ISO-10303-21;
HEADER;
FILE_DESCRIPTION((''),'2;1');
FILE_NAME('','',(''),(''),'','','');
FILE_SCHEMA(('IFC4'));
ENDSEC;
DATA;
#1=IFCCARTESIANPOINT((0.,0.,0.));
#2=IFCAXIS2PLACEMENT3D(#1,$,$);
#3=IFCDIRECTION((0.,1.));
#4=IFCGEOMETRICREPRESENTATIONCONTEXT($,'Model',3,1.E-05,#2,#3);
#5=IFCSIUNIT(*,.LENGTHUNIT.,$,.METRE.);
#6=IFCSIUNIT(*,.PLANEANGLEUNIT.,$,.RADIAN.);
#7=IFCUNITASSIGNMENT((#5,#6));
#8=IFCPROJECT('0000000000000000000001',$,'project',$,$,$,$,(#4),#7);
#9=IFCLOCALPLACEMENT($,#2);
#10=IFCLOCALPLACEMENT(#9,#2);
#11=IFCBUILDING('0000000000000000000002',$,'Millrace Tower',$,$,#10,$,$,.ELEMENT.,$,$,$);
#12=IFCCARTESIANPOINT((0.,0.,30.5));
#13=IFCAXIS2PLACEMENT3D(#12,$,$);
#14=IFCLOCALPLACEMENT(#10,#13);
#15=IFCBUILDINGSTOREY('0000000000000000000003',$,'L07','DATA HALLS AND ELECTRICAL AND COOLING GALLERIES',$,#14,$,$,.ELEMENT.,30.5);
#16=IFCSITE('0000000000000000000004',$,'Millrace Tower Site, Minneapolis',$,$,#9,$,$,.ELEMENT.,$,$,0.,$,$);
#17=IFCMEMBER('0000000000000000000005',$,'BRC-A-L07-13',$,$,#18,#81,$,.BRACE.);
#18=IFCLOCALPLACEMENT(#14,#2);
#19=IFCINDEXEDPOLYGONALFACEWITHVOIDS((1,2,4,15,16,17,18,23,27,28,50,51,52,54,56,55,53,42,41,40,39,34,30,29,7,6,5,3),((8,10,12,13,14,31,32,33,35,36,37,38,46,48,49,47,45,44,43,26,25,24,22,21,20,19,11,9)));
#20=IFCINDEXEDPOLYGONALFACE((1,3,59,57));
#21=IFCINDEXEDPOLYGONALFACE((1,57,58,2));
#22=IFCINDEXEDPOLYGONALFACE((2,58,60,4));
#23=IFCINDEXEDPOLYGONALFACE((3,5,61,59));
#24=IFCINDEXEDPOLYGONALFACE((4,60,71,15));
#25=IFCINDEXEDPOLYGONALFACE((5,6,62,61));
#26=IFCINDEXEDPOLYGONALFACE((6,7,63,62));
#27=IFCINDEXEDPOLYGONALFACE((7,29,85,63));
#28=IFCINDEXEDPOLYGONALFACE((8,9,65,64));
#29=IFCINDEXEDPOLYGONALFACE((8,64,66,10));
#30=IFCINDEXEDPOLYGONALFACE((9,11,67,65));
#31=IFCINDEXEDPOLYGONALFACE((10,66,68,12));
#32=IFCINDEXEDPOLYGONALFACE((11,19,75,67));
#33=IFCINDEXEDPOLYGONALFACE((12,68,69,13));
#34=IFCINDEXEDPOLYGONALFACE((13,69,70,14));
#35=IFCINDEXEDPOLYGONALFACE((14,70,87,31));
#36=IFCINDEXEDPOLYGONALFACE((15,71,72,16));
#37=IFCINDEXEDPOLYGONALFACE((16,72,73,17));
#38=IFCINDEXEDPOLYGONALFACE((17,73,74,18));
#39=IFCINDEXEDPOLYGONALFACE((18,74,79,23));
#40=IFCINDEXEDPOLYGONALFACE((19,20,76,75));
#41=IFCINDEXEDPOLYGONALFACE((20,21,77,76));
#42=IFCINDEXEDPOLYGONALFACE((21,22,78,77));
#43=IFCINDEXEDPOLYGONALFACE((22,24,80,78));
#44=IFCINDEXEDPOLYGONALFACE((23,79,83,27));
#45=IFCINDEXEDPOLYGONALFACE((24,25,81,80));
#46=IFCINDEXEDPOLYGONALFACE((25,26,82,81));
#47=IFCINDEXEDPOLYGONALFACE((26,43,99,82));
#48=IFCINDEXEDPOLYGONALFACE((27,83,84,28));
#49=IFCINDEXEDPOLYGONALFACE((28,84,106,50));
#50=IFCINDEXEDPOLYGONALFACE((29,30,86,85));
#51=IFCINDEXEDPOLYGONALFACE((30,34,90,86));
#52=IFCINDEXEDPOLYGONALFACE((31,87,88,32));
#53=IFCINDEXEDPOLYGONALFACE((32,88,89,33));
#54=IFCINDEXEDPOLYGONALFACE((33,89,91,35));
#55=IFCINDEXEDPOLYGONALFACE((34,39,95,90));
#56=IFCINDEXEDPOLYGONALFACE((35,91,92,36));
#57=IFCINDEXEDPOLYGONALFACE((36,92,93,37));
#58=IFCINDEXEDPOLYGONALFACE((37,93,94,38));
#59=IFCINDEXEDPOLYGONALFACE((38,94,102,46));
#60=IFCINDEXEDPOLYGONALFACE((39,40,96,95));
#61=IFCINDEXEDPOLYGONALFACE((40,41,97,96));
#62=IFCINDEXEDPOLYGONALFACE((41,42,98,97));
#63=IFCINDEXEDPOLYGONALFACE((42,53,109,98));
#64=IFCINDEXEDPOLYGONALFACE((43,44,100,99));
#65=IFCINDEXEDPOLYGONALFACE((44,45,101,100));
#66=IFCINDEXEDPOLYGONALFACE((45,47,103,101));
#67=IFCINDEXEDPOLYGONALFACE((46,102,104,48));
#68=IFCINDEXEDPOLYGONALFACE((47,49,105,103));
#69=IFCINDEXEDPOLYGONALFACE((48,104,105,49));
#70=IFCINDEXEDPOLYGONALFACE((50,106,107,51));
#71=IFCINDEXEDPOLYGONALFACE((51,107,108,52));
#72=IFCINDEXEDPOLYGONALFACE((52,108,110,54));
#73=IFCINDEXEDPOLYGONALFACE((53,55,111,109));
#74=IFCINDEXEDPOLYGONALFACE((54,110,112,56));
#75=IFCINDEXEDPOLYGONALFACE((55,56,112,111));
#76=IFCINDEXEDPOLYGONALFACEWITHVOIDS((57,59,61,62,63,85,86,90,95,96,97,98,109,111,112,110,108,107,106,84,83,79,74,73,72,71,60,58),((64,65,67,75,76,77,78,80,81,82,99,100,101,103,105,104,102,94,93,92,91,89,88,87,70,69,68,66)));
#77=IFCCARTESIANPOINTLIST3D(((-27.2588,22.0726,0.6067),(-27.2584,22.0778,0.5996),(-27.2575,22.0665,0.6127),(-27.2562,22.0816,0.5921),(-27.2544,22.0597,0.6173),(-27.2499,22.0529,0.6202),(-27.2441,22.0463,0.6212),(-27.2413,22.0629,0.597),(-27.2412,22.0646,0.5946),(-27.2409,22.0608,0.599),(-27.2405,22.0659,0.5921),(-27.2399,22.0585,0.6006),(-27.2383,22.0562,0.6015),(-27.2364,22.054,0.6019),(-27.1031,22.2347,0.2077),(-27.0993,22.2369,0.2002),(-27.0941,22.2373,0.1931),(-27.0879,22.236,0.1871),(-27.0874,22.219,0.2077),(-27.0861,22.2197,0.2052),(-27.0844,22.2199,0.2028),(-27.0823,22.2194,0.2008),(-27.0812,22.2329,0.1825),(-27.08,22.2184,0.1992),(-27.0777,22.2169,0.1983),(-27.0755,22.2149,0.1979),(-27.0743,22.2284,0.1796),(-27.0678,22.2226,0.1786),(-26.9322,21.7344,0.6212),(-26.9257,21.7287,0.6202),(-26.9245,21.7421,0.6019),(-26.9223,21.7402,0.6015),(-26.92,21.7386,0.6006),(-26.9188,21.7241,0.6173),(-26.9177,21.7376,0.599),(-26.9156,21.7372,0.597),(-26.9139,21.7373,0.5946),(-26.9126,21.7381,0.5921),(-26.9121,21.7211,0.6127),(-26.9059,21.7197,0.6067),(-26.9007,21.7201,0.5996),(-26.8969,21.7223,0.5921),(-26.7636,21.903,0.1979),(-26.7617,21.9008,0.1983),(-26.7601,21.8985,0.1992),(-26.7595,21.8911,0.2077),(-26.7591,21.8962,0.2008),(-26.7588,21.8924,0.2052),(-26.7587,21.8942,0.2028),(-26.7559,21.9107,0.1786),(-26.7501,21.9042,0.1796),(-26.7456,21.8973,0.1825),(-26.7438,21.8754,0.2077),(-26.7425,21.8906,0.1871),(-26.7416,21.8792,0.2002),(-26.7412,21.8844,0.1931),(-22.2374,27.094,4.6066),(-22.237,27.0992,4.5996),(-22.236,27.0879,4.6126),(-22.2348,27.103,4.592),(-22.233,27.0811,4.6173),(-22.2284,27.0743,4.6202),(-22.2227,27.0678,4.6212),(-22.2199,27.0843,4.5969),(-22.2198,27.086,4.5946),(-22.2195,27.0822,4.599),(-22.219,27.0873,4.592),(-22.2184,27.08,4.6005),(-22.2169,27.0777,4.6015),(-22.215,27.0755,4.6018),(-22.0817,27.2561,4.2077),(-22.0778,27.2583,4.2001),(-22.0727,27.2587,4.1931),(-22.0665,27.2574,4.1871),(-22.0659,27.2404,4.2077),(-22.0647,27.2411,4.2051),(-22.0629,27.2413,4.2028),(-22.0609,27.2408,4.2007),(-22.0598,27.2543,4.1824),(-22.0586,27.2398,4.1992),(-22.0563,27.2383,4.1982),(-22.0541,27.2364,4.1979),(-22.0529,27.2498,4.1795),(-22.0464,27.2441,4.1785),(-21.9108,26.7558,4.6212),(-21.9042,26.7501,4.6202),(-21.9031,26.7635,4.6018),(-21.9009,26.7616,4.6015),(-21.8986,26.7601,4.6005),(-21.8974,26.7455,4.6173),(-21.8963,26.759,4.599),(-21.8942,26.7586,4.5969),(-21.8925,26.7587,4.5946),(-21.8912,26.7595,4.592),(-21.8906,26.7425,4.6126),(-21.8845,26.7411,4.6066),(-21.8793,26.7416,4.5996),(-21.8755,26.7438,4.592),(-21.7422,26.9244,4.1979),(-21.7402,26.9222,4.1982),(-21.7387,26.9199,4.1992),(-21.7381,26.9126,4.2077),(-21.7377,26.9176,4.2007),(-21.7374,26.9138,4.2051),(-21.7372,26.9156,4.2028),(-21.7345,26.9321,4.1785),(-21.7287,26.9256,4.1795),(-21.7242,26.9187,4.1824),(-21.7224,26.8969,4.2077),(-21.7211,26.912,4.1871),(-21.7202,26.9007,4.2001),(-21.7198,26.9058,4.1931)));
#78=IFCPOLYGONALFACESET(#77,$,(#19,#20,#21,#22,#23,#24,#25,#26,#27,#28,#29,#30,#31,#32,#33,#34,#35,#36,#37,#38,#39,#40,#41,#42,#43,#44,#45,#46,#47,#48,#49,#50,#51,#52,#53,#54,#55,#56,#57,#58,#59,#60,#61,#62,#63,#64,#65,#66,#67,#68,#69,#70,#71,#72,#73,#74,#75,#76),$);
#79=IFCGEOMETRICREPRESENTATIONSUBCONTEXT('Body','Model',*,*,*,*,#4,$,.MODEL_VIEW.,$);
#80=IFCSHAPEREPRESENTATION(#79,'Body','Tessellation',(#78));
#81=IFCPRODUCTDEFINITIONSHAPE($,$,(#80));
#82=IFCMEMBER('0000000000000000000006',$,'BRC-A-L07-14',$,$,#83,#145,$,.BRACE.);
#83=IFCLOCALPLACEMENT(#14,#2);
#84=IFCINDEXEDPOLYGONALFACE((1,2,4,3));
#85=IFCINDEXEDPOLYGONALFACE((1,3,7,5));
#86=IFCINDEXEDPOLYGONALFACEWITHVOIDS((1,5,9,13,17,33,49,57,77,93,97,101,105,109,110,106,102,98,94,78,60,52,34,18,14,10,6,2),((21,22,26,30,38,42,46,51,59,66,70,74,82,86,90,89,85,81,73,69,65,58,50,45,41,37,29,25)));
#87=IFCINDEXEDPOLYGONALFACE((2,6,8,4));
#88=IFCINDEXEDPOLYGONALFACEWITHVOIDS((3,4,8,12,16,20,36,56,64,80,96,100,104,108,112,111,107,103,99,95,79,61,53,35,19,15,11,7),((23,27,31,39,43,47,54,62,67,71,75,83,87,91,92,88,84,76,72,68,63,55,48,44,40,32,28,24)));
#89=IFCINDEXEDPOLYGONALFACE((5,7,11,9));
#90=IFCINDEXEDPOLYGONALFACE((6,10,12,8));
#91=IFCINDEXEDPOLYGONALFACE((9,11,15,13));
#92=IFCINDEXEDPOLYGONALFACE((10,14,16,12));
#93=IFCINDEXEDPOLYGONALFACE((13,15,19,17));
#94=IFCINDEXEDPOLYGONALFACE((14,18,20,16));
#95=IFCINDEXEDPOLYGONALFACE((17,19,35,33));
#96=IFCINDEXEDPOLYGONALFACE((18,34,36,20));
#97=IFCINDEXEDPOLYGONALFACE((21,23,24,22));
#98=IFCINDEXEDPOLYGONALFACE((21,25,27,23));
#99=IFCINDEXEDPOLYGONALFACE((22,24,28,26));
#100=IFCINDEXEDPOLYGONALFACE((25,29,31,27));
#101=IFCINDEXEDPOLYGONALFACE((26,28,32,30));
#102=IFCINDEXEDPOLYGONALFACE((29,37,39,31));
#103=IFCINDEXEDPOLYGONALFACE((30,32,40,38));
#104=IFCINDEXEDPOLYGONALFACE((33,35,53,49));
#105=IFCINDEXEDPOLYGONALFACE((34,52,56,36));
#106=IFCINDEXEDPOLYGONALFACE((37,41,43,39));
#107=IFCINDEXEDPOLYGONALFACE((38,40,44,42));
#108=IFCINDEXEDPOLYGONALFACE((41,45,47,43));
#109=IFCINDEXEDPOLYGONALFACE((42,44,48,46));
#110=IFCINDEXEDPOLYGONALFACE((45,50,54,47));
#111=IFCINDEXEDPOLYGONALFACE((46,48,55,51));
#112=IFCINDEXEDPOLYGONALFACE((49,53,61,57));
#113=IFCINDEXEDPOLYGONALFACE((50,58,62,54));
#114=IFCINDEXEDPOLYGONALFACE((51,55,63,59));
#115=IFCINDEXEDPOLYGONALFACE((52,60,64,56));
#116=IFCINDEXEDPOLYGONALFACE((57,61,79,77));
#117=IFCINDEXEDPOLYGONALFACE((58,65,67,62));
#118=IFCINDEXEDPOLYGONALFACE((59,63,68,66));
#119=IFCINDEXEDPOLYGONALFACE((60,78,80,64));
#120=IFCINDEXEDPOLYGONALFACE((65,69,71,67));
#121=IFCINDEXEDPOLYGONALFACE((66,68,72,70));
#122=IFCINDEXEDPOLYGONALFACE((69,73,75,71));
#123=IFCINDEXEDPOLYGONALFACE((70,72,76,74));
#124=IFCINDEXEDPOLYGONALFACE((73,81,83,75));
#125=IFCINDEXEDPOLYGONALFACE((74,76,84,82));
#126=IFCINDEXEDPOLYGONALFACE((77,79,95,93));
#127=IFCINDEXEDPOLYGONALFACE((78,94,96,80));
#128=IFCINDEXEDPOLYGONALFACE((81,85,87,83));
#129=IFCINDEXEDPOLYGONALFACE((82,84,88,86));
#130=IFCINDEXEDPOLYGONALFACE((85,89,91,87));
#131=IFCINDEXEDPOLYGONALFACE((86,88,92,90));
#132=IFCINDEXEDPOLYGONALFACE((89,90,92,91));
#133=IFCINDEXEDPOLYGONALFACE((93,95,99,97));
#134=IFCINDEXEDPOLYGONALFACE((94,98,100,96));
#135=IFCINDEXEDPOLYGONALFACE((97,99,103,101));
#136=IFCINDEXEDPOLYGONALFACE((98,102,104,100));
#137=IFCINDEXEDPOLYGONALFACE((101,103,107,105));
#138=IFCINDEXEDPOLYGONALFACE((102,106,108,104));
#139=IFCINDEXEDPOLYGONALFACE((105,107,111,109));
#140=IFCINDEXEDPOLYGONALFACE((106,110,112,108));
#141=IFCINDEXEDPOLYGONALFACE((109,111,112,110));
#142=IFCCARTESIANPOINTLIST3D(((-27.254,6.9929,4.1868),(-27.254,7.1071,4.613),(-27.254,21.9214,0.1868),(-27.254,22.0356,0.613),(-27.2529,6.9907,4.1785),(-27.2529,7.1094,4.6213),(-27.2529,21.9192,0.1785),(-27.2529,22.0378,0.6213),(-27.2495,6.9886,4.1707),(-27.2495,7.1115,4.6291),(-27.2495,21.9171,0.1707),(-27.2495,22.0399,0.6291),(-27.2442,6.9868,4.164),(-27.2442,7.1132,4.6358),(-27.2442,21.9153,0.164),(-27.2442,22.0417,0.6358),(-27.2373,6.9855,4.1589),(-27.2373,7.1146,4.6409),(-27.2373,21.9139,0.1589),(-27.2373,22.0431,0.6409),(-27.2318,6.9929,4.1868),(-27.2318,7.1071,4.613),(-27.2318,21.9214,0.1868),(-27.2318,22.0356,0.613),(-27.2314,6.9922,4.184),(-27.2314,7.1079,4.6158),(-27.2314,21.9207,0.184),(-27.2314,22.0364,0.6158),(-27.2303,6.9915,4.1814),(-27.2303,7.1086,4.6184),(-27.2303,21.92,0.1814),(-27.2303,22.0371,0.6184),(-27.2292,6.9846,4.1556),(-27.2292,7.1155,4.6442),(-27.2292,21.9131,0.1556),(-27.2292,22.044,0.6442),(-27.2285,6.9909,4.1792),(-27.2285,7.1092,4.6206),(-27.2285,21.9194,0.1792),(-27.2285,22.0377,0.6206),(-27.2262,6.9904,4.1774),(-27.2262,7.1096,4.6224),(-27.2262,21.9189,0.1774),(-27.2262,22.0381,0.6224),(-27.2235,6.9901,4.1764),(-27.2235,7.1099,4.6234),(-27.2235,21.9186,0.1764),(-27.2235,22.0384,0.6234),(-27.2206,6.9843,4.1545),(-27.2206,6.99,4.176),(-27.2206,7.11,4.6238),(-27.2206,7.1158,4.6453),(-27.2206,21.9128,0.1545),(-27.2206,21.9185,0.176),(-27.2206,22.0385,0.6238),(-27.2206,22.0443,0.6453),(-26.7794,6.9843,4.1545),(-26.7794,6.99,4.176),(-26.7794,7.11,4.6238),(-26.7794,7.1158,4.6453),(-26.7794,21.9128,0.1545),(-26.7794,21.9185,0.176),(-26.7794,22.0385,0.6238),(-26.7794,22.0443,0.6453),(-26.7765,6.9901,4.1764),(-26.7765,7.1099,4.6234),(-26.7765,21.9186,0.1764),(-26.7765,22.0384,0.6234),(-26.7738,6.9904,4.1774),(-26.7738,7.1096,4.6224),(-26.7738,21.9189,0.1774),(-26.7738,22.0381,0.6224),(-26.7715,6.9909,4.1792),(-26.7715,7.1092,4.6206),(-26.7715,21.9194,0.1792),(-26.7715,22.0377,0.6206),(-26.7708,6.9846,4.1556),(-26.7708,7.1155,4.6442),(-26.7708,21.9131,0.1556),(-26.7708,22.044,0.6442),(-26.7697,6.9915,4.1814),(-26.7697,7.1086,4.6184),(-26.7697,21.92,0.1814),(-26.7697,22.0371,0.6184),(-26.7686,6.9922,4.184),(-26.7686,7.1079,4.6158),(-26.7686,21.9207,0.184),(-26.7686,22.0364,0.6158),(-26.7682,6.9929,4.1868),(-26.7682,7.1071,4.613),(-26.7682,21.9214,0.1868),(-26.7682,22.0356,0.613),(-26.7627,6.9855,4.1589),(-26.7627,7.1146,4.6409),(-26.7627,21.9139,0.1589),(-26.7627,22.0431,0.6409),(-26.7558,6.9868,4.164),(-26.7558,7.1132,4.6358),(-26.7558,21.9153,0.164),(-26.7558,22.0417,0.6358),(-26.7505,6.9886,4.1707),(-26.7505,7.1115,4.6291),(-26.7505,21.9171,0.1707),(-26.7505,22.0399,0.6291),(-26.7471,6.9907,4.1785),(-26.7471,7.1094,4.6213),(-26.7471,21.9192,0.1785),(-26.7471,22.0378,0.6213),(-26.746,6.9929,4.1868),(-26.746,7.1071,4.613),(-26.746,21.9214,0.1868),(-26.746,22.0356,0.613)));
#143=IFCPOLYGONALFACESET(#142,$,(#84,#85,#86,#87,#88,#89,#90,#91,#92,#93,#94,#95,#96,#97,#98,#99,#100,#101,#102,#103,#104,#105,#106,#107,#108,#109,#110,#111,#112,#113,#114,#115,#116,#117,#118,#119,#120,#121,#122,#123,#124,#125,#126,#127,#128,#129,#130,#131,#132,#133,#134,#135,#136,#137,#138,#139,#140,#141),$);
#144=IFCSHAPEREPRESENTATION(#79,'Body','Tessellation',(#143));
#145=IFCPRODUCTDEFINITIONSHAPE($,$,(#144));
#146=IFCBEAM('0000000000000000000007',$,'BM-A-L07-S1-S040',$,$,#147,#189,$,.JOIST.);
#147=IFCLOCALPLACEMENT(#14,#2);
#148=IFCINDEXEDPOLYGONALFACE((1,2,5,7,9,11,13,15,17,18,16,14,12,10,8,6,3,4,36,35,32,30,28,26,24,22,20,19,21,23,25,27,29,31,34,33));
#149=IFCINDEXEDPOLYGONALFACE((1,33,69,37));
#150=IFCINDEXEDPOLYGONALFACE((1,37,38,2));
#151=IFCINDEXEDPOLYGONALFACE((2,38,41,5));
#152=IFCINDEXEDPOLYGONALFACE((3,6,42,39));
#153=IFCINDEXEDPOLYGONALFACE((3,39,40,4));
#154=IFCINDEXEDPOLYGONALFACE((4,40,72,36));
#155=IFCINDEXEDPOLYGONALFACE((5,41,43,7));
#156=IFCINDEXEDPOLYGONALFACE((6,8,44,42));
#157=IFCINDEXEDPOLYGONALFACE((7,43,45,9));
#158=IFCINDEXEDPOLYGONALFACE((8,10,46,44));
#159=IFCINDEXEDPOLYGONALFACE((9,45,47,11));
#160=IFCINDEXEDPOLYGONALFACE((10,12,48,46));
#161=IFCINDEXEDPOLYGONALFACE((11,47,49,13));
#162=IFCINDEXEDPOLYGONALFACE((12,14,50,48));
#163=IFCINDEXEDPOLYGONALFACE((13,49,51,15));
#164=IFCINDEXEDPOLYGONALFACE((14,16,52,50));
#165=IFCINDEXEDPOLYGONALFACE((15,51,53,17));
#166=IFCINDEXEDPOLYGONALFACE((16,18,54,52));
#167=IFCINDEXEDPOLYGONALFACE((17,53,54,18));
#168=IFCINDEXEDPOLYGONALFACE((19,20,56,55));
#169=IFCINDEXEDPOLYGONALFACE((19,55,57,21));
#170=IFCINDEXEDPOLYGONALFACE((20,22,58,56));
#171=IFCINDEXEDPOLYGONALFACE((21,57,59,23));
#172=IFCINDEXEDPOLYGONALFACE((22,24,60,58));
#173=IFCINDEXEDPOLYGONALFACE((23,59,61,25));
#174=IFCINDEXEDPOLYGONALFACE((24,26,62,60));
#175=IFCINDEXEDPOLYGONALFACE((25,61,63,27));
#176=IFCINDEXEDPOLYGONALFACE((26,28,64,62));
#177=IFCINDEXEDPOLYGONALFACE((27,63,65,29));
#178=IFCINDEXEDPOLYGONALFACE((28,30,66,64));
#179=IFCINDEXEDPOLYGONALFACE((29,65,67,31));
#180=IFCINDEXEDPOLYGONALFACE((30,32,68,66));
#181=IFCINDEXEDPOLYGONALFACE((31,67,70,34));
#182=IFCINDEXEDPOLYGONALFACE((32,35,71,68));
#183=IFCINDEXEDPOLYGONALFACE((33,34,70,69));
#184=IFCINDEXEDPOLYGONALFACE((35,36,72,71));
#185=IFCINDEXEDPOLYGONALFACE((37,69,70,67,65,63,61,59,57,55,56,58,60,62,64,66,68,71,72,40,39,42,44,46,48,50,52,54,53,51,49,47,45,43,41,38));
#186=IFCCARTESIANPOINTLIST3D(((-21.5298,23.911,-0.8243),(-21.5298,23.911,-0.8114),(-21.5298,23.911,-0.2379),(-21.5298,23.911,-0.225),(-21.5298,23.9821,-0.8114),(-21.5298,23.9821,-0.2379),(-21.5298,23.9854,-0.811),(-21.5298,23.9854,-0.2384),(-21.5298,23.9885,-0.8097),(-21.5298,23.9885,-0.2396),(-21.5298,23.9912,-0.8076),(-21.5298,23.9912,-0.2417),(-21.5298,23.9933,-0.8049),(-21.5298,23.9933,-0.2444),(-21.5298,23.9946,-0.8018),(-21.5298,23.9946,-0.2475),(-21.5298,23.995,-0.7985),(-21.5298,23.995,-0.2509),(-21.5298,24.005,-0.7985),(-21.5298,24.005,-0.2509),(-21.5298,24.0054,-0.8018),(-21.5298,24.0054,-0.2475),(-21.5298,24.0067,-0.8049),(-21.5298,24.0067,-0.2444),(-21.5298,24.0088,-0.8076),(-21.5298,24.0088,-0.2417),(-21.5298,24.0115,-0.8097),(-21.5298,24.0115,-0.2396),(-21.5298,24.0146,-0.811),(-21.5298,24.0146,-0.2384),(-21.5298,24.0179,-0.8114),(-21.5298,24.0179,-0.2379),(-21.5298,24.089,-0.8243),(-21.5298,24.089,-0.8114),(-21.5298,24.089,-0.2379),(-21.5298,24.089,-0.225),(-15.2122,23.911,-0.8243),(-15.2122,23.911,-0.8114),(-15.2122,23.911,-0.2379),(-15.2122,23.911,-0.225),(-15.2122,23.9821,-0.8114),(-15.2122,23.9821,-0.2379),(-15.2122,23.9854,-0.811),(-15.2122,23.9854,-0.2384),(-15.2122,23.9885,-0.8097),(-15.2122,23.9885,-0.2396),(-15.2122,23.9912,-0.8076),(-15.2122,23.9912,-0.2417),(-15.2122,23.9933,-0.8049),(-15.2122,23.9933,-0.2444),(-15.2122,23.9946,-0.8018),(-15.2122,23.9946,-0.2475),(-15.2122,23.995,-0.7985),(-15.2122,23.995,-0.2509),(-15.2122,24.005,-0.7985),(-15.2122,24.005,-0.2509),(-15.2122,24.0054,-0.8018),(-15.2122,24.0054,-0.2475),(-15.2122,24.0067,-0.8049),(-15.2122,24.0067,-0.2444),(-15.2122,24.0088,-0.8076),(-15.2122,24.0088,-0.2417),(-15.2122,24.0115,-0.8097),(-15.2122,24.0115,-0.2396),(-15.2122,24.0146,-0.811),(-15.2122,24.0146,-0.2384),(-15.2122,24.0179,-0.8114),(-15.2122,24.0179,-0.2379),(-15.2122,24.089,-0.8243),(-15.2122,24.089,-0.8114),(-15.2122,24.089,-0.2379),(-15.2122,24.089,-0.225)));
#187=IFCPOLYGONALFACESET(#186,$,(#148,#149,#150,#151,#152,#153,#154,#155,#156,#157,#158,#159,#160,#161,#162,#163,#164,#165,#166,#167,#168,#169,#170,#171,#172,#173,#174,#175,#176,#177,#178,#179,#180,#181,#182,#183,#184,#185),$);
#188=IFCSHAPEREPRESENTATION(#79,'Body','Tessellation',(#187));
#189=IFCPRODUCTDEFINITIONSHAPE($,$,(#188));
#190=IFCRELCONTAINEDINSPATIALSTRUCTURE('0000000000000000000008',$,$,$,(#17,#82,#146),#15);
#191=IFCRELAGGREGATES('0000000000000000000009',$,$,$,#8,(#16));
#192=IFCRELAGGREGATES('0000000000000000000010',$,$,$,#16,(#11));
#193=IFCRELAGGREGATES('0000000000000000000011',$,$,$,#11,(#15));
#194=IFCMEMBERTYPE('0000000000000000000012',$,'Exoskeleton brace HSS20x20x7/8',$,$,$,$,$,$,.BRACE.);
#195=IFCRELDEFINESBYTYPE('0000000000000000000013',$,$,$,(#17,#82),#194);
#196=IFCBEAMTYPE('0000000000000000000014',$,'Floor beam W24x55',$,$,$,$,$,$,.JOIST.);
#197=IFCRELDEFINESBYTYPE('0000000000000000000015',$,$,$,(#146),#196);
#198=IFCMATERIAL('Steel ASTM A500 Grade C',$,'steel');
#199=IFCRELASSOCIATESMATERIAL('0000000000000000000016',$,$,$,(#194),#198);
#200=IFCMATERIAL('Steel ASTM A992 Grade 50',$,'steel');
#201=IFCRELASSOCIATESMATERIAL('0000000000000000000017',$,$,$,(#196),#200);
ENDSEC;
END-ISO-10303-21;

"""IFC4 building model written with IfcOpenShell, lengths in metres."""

from ifc_helpers import new_model, si_unit, direction, frame, origin, origin_2d, place, context, subcontext, project, spatial, hollow_rectangle, i_section, extrude, material, material_profile, profile_set, type_object, element, save


model = new_model("IFC4")

# Units and contexts
model_context = context("Model", 3, precision=1e-05, world=origin(), true_north=direction((0.0, 1.0)))
body_context = subcontext(model_context, "Body", "Model", "MODEL_VIEW")
ifc_project = project(units=[si_unit("LENGTHUNIT", "METRE"), si_unit("PLANEANGLEUNIT", "RADIAN")], contexts=[model_context])

# Site, building, storey
site_placement = place(None, origin())
site = spatial("IfcSite", under=ifc_project, at=site_placement, Name="Millrace Tower Site, Minneapolis", CompositionType="ELEMENT", RefElevation=0.0)
building_placement = place(site_placement, origin())
building = spatial("IfcBuilding", under=site, at=building_placement, Name="Millrace Tower", CompositionType="ELEMENT")
storey_placement = place(building_placement, frame((0.0, 0.0, 30.5)))
storey = spatial("IfcBuildingStorey", under=building, at=storey_placement, Name="L07", Description="DATA HALLS AND ELECTRICAL AND COOLING GALLERIES", CompositionType="ELEMENT", Elevation=30.5)

# Members
ifc_material_1 = material(Name="Steel ASTM A500 Grade C", Category="steel")
ifc_material_profile_1 = material_profile(ifc_material_1, hollow_rectangle(XDim=0.5081, YDim=0.5081, WallThickness=0.0222, InnerFilletRadius=0.0112, OuterFilletRadius=0.0334, at=origin_2d()))
ifc_profile_set_1 = profile_set([ifc_material_profile_1], Name="Steel ASTM A500 Grade C")
member_type_1 = type_object("IfcMemberType", Name="Exoskeleton brace HSS20x20x7/8", PredefinedType="BRACE", material=ifc_profile_set_1)
member_1_placement = place(storey_placement, frame((-27.0, 21.9785, 0.3999), z_axis=(0.616095, 0.616095, 0.490768), x_axis=(-0.707107, 0.707107, 0.0)))
element("IfcMember", 1, at=member_1_placement, inside=storey, type_object=member_type_1, Name="BRC-A-L07-13", PredefinedType="BRACE", context=body_context, shape_type="SweptSolid", body=[
    extrude(hollow_rectangle(XDim=0.5081, YDim=0.5081, WallThickness=0.0222, InnerFilletRadius=0.0112, OuterFilletRadius=0.0334, at=origin_2d()), origin(), (0.0, 0.0, 1.0), 8.1504),
])
member_2_placement = place(storey_placement, frame((-27.0, 21.9785, 0.3999), z_axis=(0.0, -0.965927, 0.258815), x_axis=(1.0, 0.0, 0.0)))
element("IfcMember", 2, at=member_2_placement, inside=storey, type_object=member_type_1, Name="BRC-A-L07-14", PredefinedType="BRACE", context=body_context, shape_type="SweptSolid", body=[
    extrude(hollow_rectangle(XDim=0.5081, YDim=0.5081, WallThickness=0.0222, InnerFilletRadius=0.0112, OuterFilletRadius=0.0334, at=origin_2d()), origin(), (0.0, 0.0, 1.0), 15.4551),
])

# Beam
ifc_material_2 = material(Name="Steel ASTM A992 Grade 50", Category="steel")
ifc_material_profile_2 = material_profile(ifc_material_2, i_section(OverallWidth=0.178, OverallDepth=0.5994, WebThickness=0.01, FlangeThickness=0.0129, FilletRadius=0.0129, at=origin_2d()))
ifc_profile_set_2 = profile_set([ifc_material_profile_2], Name="Steel ASTM A992 Grade 50")
beam_type_1 = type_object("IfcBeamType", Name="Floor beam W24x55", PredefinedType="JOIST", material=ifc_profile_set_2)
beam_1_placement = place(storey_placement, frame((-21.5298, 24.0, -0.5247), z_axis=(1.0, 0.0, 0.0), x_axis=(0.0, 1.0, 0.0)))
element("IfcBeam", 3, at=beam_1_placement, inside=storey, type_object=beam_type_1, Name="BM-A-L07-S1-S040", PredefinedType="JOIST", context=body_context, shape_type="SweptSolid", body=[
    extrude(i_section(OverallWidth=0.178, OverallDepth=0.5994, WebThickness=0.01, FlangeThickness=0.0129, FilletRadius=0.0129, at=origin_2d()), origin(), (0.0, 0.0, 1.0), 6.3176),
])

save(model, "model.ifc")
